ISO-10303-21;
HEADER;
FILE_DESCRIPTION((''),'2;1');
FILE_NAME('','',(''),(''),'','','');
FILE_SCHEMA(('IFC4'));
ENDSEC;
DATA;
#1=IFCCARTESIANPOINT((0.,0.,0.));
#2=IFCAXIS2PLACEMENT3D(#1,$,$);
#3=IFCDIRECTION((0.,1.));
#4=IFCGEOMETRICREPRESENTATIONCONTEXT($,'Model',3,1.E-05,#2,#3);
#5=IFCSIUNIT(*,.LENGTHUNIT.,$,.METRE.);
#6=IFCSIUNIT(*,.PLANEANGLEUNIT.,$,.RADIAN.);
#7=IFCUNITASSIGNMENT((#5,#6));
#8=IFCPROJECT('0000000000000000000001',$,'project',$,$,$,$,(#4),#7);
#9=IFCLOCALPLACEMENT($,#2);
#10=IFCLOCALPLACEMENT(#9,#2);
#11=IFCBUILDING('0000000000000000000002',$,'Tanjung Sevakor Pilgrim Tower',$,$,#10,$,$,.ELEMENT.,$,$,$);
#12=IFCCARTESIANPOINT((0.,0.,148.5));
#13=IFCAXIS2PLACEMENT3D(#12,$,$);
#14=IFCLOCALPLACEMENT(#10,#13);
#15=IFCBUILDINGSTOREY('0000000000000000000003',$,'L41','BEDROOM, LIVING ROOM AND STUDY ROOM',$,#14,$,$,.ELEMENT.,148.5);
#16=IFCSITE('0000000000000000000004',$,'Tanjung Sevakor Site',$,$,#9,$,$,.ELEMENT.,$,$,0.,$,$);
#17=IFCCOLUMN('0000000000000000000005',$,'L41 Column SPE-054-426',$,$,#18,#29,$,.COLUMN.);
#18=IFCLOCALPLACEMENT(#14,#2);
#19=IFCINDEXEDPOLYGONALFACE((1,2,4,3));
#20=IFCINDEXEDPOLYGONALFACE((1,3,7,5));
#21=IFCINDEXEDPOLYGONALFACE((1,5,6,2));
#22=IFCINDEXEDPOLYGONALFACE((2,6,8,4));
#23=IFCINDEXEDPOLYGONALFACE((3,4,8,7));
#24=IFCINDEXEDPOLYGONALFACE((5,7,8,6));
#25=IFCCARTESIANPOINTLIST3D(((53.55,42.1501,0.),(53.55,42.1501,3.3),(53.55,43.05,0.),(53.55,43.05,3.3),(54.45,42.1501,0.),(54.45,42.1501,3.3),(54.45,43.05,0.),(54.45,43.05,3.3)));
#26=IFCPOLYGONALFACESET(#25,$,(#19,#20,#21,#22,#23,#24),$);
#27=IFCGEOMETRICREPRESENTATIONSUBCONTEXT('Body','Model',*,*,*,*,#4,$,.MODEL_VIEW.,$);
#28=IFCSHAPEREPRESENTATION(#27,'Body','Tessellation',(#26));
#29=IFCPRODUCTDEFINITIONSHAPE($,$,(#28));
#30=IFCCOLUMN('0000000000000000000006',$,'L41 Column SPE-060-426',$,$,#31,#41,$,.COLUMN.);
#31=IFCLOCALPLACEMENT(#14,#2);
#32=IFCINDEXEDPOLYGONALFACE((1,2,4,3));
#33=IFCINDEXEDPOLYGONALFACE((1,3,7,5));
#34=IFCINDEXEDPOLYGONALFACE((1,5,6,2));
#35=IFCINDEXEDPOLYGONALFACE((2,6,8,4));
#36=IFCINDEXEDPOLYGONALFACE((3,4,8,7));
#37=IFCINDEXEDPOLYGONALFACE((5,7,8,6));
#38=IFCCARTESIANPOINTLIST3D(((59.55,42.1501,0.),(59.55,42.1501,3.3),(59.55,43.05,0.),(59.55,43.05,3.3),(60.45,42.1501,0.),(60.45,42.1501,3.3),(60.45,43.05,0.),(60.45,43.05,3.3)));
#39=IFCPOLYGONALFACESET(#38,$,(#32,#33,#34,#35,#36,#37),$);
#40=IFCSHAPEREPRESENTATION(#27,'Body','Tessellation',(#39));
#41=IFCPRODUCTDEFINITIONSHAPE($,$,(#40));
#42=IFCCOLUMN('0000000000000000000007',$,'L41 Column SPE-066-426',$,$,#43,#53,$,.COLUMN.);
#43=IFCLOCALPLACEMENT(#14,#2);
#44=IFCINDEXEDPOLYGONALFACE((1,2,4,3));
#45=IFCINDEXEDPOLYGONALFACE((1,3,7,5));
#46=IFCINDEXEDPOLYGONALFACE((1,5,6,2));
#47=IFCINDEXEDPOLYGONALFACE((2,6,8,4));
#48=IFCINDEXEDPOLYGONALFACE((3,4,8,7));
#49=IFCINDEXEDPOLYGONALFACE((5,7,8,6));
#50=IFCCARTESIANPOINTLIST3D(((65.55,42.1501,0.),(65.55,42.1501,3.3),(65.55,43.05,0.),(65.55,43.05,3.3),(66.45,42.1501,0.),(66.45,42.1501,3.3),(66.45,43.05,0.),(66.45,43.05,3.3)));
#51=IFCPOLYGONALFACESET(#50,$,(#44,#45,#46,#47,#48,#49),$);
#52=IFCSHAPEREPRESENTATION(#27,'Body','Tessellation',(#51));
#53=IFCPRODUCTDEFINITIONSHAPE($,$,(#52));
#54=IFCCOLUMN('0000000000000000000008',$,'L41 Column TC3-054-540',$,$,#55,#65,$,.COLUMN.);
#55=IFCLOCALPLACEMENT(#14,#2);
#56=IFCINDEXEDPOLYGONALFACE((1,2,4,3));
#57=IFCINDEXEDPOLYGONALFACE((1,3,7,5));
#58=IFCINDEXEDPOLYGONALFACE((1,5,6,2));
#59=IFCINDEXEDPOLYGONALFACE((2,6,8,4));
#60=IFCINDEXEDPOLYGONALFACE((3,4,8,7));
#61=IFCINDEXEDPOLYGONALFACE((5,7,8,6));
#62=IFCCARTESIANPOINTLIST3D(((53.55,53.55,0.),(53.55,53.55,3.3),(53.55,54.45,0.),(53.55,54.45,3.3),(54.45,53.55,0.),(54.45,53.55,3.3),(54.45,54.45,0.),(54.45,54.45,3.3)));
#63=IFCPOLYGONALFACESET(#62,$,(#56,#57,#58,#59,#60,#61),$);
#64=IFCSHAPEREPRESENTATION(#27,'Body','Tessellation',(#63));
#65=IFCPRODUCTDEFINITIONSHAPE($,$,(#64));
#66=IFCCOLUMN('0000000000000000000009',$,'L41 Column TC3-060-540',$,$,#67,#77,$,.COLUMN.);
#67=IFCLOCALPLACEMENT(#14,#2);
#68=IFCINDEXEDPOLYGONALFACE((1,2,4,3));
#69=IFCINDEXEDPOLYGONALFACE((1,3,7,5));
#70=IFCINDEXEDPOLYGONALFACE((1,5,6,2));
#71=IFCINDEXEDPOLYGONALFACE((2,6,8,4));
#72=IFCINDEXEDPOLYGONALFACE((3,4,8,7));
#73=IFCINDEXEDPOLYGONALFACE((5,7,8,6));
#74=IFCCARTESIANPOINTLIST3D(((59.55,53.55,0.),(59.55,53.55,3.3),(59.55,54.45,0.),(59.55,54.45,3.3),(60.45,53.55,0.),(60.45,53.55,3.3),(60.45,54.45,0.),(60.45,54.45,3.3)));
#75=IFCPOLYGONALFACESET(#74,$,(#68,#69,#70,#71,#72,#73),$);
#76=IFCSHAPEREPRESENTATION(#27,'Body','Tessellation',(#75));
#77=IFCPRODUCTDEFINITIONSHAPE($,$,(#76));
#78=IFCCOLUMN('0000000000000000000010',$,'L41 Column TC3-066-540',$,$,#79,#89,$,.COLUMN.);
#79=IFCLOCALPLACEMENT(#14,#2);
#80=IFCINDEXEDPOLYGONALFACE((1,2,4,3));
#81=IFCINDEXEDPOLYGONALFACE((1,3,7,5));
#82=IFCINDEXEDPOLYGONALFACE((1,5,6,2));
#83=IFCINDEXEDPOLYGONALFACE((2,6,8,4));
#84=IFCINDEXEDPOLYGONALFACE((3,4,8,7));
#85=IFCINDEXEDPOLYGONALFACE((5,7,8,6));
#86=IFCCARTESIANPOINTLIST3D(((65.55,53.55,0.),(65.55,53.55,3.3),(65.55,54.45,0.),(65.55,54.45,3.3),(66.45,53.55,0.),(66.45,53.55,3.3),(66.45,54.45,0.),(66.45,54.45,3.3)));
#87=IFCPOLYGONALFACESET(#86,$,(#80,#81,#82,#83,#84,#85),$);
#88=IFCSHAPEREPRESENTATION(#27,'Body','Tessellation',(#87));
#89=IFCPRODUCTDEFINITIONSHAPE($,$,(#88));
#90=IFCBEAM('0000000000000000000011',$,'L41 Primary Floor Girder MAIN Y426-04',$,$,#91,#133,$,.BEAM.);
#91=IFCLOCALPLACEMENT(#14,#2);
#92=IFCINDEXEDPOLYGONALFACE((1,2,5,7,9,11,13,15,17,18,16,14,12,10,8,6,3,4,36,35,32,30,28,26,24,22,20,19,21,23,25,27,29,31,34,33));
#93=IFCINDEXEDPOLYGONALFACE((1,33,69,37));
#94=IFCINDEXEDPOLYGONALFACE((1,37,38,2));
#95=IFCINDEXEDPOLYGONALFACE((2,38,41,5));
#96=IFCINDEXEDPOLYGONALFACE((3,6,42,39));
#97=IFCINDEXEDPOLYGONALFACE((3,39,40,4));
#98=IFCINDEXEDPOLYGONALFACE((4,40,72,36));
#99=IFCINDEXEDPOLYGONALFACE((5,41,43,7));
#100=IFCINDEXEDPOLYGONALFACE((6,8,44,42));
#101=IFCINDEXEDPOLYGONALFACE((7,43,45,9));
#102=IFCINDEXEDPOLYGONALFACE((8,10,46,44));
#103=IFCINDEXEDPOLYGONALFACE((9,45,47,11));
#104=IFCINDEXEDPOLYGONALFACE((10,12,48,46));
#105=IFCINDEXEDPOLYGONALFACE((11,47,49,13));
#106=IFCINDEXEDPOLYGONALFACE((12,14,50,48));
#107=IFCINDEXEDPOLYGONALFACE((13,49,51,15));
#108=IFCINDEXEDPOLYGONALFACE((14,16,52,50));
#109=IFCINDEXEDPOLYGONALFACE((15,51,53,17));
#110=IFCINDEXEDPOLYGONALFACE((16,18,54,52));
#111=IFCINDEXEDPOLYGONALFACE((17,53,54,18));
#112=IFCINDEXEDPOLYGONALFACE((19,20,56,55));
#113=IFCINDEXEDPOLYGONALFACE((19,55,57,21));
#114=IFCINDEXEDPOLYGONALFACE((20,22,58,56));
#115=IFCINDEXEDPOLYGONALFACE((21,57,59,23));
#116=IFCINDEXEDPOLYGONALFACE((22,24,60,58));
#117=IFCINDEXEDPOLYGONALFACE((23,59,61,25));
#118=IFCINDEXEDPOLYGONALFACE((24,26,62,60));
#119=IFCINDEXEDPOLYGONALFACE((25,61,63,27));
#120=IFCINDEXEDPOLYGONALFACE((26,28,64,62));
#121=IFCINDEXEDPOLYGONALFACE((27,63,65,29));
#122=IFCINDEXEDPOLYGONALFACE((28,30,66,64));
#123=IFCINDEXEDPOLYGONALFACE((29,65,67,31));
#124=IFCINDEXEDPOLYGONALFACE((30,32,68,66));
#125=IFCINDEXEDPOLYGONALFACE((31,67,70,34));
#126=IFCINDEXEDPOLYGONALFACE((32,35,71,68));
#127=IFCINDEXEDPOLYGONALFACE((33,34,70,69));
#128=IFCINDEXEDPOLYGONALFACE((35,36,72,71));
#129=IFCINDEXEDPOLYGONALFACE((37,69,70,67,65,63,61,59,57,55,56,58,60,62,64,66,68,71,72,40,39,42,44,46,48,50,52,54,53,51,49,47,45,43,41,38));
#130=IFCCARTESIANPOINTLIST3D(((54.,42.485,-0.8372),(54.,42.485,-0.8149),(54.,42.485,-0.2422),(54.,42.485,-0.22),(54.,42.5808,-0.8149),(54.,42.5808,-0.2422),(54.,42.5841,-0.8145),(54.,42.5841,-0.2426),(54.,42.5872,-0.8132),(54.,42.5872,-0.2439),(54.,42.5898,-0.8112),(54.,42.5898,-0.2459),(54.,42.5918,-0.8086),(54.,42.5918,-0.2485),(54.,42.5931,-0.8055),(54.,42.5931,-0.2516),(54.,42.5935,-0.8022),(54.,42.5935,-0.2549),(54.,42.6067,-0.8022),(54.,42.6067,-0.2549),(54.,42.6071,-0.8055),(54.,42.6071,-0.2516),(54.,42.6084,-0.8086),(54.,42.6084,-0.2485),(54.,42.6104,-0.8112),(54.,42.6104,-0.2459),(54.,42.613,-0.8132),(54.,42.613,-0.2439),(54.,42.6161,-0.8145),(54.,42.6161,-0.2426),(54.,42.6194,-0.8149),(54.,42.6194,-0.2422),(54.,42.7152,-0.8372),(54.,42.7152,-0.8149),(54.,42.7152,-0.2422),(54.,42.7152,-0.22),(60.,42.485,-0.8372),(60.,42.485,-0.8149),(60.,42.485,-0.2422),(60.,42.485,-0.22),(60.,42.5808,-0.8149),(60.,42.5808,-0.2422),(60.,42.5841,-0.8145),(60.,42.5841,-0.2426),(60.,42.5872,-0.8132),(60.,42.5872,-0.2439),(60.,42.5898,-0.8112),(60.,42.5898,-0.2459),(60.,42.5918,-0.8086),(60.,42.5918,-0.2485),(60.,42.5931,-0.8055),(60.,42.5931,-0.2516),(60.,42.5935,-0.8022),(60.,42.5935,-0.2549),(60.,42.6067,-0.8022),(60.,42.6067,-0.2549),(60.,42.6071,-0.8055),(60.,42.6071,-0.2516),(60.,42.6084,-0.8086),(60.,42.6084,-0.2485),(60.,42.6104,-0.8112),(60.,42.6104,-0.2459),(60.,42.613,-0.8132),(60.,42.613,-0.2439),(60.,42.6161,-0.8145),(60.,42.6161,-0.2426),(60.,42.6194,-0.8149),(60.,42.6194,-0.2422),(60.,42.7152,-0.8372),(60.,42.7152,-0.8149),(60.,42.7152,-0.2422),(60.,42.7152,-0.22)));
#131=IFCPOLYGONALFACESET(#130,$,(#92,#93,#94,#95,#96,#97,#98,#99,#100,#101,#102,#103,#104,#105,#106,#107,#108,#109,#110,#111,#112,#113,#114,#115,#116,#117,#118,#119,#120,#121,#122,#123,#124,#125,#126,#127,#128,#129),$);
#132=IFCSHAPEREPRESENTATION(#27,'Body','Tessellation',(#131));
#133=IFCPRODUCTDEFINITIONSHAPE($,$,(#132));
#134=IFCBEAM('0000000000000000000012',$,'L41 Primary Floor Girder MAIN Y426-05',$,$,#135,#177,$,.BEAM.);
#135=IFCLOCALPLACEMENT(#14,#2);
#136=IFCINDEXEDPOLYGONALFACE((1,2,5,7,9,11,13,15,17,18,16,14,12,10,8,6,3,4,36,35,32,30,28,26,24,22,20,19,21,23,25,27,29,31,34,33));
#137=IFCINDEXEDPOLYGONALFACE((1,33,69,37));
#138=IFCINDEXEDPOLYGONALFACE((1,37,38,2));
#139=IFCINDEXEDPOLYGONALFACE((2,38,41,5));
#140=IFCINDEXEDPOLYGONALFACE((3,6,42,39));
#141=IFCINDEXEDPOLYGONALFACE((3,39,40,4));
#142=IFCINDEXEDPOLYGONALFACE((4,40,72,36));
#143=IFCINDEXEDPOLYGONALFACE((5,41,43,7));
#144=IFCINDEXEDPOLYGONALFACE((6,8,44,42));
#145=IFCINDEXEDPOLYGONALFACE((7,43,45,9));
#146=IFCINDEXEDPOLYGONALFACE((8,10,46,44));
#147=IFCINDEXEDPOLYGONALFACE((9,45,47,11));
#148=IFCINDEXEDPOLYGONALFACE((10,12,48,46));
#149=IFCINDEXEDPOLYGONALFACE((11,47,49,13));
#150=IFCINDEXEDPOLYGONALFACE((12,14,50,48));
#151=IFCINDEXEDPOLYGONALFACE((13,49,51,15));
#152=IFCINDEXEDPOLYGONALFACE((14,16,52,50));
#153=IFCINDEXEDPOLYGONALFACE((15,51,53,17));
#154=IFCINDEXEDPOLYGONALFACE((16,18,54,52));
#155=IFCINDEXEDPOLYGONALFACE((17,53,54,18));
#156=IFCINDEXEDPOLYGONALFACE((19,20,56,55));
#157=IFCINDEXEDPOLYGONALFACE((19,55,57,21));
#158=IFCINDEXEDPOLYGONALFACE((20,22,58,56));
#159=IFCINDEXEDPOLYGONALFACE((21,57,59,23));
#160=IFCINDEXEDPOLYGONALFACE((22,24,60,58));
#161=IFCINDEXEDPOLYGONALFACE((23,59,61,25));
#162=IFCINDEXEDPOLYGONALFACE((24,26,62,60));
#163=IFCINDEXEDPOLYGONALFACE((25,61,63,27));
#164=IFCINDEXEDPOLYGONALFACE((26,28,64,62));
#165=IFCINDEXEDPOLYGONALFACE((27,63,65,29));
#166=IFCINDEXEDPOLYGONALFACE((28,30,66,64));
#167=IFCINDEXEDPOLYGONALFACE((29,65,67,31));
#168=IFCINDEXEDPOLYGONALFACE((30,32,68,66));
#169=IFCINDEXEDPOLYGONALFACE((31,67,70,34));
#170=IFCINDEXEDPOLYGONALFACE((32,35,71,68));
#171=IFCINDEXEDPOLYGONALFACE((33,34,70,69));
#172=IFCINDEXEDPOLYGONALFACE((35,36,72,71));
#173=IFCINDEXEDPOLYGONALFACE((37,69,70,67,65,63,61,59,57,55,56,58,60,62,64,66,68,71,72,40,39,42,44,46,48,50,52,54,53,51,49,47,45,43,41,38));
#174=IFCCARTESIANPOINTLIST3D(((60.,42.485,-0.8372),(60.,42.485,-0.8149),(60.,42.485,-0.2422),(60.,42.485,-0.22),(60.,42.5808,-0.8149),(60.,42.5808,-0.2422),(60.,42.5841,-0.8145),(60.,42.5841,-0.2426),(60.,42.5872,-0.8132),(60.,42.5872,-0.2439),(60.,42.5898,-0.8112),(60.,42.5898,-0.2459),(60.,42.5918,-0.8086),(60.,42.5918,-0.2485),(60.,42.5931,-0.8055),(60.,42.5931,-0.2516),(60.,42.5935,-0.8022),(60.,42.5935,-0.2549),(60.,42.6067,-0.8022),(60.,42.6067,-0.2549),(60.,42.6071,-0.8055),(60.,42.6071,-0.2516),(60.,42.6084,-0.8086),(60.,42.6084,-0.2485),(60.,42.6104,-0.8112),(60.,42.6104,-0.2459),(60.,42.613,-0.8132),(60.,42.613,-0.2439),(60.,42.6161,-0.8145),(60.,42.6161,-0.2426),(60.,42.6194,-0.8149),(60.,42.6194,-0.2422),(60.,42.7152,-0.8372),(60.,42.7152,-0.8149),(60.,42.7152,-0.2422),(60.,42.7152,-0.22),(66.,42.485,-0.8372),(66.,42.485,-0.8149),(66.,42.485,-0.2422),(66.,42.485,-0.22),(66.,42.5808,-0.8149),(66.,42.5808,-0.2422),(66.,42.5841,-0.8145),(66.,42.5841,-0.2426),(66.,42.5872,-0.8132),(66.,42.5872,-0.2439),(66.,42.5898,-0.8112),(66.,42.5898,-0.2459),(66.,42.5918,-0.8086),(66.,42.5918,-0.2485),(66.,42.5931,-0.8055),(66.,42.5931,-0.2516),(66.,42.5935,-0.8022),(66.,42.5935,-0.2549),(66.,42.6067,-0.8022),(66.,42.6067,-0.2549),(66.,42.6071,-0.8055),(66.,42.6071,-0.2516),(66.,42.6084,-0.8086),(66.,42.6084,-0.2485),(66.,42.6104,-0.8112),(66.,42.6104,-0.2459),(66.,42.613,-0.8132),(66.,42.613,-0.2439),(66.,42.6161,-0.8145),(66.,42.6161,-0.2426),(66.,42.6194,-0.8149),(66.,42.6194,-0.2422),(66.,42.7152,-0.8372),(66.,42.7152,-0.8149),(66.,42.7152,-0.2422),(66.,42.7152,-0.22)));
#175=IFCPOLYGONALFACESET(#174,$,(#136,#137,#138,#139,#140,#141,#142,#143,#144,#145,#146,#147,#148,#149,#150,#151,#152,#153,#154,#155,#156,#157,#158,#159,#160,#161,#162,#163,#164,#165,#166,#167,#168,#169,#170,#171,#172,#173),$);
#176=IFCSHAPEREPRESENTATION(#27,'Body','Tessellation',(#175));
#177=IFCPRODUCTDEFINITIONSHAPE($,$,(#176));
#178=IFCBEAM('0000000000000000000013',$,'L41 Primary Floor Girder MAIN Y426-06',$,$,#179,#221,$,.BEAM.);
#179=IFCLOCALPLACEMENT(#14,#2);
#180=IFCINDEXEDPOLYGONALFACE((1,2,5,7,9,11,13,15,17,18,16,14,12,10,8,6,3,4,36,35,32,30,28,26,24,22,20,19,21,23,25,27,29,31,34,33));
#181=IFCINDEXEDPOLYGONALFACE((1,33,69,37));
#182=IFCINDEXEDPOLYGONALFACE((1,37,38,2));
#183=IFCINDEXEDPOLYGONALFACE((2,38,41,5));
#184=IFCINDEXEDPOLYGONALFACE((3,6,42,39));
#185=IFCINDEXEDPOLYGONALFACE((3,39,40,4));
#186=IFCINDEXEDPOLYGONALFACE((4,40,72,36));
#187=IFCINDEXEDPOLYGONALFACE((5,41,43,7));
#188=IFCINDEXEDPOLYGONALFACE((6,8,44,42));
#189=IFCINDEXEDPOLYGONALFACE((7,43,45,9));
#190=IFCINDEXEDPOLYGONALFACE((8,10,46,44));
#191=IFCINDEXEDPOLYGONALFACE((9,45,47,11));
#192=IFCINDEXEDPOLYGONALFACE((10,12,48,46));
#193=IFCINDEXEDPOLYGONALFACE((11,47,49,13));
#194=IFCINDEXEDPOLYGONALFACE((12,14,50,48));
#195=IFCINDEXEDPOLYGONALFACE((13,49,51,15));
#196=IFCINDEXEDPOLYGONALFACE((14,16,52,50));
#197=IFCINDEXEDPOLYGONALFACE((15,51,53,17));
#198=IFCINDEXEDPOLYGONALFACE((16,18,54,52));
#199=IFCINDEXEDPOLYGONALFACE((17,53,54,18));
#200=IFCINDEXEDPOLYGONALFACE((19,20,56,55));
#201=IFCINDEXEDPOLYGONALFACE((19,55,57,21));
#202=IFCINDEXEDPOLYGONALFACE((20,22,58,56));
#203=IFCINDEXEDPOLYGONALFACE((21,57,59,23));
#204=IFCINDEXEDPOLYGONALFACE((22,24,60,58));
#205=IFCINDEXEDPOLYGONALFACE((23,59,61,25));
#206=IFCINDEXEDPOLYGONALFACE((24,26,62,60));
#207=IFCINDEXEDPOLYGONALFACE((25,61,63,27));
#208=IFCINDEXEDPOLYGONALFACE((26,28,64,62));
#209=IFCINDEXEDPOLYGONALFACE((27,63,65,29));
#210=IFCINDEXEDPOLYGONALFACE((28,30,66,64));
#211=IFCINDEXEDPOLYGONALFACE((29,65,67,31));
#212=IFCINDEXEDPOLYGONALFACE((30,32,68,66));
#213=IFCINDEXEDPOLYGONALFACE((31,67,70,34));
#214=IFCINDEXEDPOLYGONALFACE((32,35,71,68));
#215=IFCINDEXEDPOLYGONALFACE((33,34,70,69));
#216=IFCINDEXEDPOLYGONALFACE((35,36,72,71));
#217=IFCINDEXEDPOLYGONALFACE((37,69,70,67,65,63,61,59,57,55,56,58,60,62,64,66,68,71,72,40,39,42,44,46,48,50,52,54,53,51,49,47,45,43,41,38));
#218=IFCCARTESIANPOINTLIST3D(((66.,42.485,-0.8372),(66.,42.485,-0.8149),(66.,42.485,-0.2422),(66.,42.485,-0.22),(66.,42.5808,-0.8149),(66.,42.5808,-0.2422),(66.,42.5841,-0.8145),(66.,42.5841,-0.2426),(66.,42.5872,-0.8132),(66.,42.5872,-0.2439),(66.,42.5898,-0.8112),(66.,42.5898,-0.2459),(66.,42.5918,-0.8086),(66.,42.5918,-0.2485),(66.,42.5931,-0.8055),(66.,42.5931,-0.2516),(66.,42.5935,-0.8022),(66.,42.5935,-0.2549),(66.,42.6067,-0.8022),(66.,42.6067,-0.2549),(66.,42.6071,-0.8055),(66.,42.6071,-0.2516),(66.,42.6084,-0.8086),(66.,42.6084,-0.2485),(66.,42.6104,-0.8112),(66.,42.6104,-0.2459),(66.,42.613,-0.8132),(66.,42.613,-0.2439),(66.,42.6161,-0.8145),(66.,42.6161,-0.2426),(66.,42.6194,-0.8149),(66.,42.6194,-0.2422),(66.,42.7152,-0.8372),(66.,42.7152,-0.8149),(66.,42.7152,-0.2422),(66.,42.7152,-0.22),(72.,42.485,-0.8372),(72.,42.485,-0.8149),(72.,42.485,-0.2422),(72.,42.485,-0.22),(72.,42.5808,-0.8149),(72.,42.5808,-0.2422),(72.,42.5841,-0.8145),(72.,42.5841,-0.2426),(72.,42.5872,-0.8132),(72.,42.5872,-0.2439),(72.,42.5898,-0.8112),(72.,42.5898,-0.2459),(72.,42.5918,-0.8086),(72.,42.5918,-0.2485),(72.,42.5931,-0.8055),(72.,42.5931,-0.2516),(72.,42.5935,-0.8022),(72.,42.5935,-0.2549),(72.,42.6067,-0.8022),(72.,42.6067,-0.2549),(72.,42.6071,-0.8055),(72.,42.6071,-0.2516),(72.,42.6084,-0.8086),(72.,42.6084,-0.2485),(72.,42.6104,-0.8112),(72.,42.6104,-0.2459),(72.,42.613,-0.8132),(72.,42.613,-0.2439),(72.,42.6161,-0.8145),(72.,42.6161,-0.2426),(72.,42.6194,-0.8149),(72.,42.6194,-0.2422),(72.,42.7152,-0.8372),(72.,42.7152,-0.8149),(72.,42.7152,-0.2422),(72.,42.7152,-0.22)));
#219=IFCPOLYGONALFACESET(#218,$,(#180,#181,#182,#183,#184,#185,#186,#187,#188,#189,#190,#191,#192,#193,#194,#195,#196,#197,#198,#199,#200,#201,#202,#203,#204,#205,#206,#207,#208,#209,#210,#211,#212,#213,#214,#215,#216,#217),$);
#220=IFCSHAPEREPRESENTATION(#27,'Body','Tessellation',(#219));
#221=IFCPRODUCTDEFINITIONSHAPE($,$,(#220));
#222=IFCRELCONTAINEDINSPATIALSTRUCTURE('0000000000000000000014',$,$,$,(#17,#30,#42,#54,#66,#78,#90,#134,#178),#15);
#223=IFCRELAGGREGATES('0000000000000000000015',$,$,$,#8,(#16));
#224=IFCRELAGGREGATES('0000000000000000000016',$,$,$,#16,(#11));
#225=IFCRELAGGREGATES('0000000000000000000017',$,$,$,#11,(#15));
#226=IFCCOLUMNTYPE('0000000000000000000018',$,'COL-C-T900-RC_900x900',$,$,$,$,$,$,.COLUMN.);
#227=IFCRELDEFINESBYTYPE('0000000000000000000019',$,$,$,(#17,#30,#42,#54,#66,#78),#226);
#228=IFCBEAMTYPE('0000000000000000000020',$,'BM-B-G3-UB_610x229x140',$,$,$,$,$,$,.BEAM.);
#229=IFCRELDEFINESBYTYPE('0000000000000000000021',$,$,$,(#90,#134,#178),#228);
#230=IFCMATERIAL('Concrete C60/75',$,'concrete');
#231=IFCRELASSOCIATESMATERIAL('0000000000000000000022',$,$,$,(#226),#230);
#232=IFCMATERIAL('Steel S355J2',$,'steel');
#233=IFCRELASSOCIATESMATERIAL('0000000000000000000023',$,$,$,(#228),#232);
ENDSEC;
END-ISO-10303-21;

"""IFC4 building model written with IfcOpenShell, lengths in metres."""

from ifc_helpers import new_model, si_unit, direction, frame, origin, origin_2d, place, context, subcontext, project, spatial, rectangle, i_section, extrude, material, material_profile, profile_set, type_object, element, save


model = new_model("IFC4")

# Units and contexts
model_context = context("Model", 3, precision=1e-05, world=origin(), true_north=direction((0.0, 1.0)))
body_context = subcontext(model_context, "Body", "Model", "MODEL_VIEW")
ifc_project = project(units=[si_unit("LENGTHUNIT", "METRE"), si_unit("PLANEANGLEUNIT", "RADIAN")], contexts=[model_context])

# Site, building, storey
site_placement = place(None, origin())
site = spatial("IfcSite", under=ifc_project, at=site_placement, Name="Tanjung Sevakor Site", CompositionType="ELEMENT", RefElevation=0.0)
building_placement = place(site_placement, origin())
building = spatial("IfcBuilding", under=site, at=building_placement, Name="Tanjung Sevakor Pilgrim Tower", CompositionType="ELEMENT")
storey_placement = place(building_placement, frame((0.0, 0.0, 148.5)))
storey = spatial("IfcBuildingStorey", under=building, at=storey_placement, Name="L41", Description="BEDROOM, LIVING ROOM AND STUDY ROOM", CompositionType="ELEMENT", Elevation=148.5)

# Columns
ifc_material_1 = material(Name="Concrete C60/75", Category="concrete")
ifc_material_profile_1 = material_profile(ifc_material_1, rectangle(XDim=0.8999, YDim=0.8999, at=origin_2d()))
ifc_profile_set_1 = profile_set([ifc_material_profile_1], Name="Concrete C60/75")
column_type = type_object("IfcColumnType", Name="COL-C-T900-RC_900x900", PredefinedType="COLUMN", material=ifc_profile_set_1)
for number, where, z_axis, x_axis, name in (
    (1, (54.0, 42.6001, 0.0), (0.0, 0.0, 1.0), (1.0, 0.0, 0.0), "L41 Column SPE-054-426"),
    (2, (60.0, 42.6001, 0.0), (0.0, 0.0, 1.0), (1.0, 0.0, 0.0), "L41 Column SPE-060-426"),
    (3, (66.0, 42.6001, 0.0), (0.0, 0.0, 1.0), (1.0, 0.0, 0.0), "L41 Column SPE-066-426"),
    (4, (54.0, 54.0, 0.0), (0.0, 0.0, 1.0), (1.0, 0.0, 0.0), "L41 Column TC3-054-540"),
    (5, (60.0, 54.0, 0.0), (0.0, 0.0, 1.0), (1.0, 0.0, 0.0), "L41 Column TC3-060-540"),
    (6, (66.0, 54.0, 0.0), (0.0, 0.0, 1.0), (1.0, 0.0, 0.0), "L41 Column TC3-066-540"),
):
    element("IfcColumn", number, at=place(storey_placement, frame(where, z_axis=z_axis, x_axis=x_axis)), inside=storey, type_object=column_type, Name=name, PredefinedType="COLUMN", context=body_context, shape_type="SweptSolid", body=[
        extrude(rectangle(XDim=0.8999, YDim=0.8999, at=origin_2d()), origin(), (0.0, 0.0, 1.0), 3.3),
    ])

# Beams
ifc_material_2 = material(Name="Steel S355J2", Category="steel")
ifc_material_profile_2 = material_profile(ifc_material_2, i_section(OverallWidth=0.2302, OverallDepth=0.6172, WebThickness=0.0132, FlangeThickness=0.0222, FilletRadius=0.0127, at=origin_2d()))
ifc_profile_set_2 = profile_set([ifc_material_profile_2], Name="Steel S355J2")
beam_type_1 = type_object("IfcBeamType", Name="BM-B-G3-UB_610x229x140", PredefinedType="BEAM", material=ifc_profile_set_2)
for number, where, z_axis, x_axis, name in (
    (7, (54.0, 42.6001, -0.5286), (1.0, 0.0, 0.0), (0.0, 1.0, 0.0), "L41 Primary Floor Girder MAIN Y426-04"),
    (8, (60.0, 42.6001, -0.5286), (1.0, 0.0, 0.0), (0.0, 1.0, 0.0), "L41 Primary Floor Girder MAIN Y426-05"),
    (9, (66.0, 42.6001, -0.5286), (1.0, 0.0, 0.0), (0.0, 1.0, 0.0), "L41 Primary Floor Girder MAIN Y426-06"),
):
    element("IfcBeam", number, at=place(storey_placement, frame(where, z_axis=z_axis, x_axis=x_axis)), inside=storey, type_object=beam_type_1, Name=name, PredefinedType="BEAM", context=body_context, shape_type="SweptSolid", body=[
        extrude(i_section(OverallWidth=0.2302, OverallDepth=0.6172, WebThickness=0.0132, FlangeThickness=0.0222, FilletRadius=0.0127, at=origin_2d()), origin(), (0.0, 0.0, 1.0), 6.0),
    ])

save(model, "model.ifc")
